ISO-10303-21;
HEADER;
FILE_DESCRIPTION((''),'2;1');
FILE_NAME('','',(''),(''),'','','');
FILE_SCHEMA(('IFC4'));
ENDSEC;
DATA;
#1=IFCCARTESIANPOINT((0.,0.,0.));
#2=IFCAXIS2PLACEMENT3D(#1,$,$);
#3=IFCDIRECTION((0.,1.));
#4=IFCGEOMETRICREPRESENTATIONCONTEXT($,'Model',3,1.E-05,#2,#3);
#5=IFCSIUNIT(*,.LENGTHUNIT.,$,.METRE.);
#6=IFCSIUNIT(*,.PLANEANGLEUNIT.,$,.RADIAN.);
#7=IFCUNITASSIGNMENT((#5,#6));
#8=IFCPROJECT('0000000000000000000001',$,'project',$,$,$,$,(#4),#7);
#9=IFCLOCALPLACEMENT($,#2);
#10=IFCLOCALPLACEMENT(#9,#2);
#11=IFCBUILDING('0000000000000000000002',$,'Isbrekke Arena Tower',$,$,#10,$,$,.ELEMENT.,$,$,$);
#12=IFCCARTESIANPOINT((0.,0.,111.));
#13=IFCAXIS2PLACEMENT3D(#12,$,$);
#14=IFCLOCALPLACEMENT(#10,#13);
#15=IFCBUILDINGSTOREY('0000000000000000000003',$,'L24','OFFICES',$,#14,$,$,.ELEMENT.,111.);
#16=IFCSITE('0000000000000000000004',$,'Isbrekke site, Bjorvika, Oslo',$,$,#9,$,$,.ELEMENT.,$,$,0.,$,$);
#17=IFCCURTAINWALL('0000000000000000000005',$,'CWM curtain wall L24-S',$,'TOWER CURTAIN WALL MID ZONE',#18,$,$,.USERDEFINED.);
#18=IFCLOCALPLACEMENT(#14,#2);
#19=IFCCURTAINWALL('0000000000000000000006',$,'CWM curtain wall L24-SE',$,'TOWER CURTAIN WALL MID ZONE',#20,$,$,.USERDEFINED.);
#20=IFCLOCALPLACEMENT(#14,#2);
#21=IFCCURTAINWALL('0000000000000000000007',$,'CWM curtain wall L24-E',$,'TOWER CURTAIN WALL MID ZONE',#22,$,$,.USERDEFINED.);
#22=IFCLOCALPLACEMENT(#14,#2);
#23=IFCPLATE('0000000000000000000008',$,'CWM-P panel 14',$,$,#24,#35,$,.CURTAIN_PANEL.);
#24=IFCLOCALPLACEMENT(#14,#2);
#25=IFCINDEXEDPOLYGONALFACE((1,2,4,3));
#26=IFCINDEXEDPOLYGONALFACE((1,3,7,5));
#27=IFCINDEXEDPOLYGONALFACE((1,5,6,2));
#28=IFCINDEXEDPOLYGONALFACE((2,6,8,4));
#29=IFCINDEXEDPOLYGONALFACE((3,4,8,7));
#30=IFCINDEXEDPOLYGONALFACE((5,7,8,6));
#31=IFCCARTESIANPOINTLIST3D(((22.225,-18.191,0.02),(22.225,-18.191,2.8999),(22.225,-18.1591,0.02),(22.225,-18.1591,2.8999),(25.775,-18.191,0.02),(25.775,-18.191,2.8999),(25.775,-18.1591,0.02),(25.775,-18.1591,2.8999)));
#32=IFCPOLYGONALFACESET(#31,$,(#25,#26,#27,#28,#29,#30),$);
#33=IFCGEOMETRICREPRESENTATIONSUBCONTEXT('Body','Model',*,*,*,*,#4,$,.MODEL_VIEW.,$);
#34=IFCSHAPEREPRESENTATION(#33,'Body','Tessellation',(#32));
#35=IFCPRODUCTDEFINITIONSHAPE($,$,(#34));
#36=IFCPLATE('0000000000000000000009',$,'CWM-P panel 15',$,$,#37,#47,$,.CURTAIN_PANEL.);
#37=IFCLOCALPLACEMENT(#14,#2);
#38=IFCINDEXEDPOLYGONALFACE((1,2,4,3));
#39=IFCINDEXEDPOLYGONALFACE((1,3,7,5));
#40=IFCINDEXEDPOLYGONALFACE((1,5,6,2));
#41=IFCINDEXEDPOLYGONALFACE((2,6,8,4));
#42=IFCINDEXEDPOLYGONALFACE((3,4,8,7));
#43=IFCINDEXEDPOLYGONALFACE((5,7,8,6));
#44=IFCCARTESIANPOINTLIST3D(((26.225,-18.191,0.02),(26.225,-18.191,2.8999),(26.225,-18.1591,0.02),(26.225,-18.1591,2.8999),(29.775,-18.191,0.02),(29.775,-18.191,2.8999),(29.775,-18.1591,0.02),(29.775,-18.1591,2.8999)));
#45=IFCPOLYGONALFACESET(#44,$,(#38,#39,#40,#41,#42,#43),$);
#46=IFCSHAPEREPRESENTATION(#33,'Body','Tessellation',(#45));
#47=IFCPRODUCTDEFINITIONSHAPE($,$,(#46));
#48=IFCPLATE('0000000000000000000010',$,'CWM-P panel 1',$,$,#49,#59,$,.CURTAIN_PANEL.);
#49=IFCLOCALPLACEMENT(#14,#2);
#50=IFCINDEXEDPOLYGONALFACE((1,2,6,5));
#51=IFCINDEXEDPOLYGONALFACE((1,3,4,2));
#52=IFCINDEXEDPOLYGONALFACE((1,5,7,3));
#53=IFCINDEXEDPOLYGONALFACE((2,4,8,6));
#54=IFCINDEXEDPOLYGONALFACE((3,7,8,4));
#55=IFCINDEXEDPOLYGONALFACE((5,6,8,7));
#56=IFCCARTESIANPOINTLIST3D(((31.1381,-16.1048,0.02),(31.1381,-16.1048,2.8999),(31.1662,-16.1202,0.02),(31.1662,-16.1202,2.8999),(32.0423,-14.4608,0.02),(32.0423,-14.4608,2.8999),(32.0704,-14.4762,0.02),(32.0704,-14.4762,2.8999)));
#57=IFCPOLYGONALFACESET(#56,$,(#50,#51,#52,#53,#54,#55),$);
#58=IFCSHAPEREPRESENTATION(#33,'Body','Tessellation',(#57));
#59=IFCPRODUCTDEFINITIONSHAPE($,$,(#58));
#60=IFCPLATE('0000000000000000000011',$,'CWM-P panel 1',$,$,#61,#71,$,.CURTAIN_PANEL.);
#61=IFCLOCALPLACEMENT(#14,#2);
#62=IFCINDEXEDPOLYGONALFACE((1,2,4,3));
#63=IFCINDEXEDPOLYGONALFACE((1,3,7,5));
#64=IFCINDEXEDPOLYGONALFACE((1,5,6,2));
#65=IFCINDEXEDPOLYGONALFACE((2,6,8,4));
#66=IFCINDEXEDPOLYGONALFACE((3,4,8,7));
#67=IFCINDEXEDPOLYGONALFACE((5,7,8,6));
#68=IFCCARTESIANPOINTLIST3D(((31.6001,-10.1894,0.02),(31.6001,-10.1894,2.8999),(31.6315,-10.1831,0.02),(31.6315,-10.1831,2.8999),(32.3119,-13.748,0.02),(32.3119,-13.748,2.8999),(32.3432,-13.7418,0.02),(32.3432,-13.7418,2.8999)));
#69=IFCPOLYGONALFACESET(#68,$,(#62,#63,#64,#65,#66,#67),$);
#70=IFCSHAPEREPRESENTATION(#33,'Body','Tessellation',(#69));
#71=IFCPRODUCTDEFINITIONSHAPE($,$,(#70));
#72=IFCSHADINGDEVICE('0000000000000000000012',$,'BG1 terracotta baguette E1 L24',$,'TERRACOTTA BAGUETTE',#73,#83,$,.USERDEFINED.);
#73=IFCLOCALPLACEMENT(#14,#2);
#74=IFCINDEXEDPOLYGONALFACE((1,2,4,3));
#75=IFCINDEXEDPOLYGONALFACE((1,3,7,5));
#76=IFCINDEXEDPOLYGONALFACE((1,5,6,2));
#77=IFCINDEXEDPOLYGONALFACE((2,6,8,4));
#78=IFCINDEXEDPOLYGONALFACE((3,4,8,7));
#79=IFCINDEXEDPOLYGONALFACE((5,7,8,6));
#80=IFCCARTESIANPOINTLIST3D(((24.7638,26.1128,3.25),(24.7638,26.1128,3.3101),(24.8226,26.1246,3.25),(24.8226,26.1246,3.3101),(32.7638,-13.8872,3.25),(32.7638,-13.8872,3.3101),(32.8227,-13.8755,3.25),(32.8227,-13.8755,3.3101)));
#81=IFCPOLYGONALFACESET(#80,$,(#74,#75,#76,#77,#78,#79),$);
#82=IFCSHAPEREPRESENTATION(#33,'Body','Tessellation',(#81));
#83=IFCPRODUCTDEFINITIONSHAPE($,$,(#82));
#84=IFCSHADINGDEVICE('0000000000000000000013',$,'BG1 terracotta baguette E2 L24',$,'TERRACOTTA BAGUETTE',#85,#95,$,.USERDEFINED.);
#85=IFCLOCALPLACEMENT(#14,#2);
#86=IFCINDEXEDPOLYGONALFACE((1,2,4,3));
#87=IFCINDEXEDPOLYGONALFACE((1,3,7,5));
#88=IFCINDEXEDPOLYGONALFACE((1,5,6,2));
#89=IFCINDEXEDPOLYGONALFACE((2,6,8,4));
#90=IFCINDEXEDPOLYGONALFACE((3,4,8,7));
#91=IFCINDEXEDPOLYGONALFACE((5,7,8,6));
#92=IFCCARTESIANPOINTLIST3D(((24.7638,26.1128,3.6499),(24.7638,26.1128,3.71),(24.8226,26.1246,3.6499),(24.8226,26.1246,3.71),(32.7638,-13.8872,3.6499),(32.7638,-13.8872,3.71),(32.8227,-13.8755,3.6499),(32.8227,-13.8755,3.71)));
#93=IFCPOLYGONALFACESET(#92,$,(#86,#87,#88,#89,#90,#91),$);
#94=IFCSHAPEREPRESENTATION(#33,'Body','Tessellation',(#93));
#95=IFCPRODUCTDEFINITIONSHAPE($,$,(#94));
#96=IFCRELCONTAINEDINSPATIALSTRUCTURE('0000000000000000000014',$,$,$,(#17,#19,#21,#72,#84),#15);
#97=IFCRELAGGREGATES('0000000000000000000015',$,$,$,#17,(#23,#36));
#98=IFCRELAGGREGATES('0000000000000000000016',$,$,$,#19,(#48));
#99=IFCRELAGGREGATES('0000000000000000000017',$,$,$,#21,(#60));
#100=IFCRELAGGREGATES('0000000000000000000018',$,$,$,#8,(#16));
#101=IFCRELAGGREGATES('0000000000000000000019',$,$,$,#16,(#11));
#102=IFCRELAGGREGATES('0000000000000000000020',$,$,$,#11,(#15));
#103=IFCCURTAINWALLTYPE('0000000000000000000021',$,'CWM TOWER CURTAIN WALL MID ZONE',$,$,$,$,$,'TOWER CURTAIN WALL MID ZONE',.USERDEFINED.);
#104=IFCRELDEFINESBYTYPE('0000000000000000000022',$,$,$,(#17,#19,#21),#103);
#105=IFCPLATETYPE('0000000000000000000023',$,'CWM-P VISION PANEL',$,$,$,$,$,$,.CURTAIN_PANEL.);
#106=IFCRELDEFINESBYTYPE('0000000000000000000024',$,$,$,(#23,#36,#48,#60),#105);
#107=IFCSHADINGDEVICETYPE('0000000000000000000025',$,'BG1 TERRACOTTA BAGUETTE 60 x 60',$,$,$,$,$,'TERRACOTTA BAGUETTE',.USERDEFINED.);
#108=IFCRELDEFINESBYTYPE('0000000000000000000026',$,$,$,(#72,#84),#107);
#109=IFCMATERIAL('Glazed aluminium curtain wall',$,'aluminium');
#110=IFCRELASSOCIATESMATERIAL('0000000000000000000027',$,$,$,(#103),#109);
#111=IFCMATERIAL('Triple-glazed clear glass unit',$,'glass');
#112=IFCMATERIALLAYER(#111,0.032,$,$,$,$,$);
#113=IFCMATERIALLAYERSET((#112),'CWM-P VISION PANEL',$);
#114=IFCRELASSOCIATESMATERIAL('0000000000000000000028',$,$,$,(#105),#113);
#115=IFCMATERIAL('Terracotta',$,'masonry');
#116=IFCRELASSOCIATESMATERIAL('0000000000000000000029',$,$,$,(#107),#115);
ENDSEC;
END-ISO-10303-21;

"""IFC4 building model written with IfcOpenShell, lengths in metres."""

from ifc_helpers import new_model, si_unit, direction, frame, origin, origin_2d, place, context, subcontext, project, spatial, rectangle, extrude, material, layer, layer_set, material_profile, profile_set, type_object, element, aggregate, save


model = new_model("IFC4")

# Units and contexts
model_context = context("Model", 3, precision=1e-05, world=origin(), true_north=direction((0.0, 1.0)))
body_context = subcontext(model_context, "Body", "Model", "MODEL_VIEW")
ifc_project = project(units=[si_unit("LENGTHUNIT", "METRE"), si_unit("PLANEANGLEUNIT", "RADIAN")], contexts=[model_context])

# Site, building, storey
site_placement = place(None, origin())
site = spatial("IfcSite", under=ifc_project, at=site_placement, Name="Isbrekke site, Bjorvika, Oslo", CompositionType="ELEMENT", RefElevation=0.0)
building_placement = place(site_placement, origin())
building = spatial("IfcBuilding", under=site, at=building_placement, Name="Isbrekke Arena Tower", CompositionType="ELEMENT")
storey_placement = place(building_placement, frame((0.0, 0.0, 111.0)))
storey = spatial("IfcBuildingStorey", under=building, at=storey_placement, Name="L24", Description="OFFICES", CompositionType="ELEMENT", Elevation=111.0)

# Curtain walls
ifc_material_1 = material(Name="Glazed aluminium curtain wall", Category="aluminium")
curtain_wall_type = type_object("IfcCurtainWallType", Name="CWM TOWER CURTAIN WALL MID ZONE", ElementType="TOWER CURTAIN WALL MID ZONE", PredefinedType="USERDEFINED", material=ifc_material_1)
curtain_wall_1_placement = place(storey_placement, origin())
curtain_wall_1 = element("IfcCurtainWall", 1, at=curtain_wall_1_placement, inside=storey, type_object=curtain_wall_type, Name="CWM curtain wall L24-S", ObjectType="TOWER CURTAIN WALL MID ZONE", PredefinedType="USERDEFINED")
curtain_wall_2_placement = place(storey_placement, origin())
curtain_wall_2 = element("IfcCurtainWall", 2, at=curtain_wall_2_placement, inside=storey, type_object=curtain_wall_type, Name="CWM curtain wall L24-SE", ObjectType="TOWER CURTAIN WALL MID ZONE", PredefinedType="USERDEFINED")

# Curtain wall
curtain_wall_3_placement = place(storey_placement, origin())
curtain_wall_3 = element("IfcCurtainWall", 3, at=curtain_wall_3_placement, inside=storey, type_object=curtain_wall_type, Name="CWM curtain wall L24-E", ObjectType="TOWER CURTAIN WALL MID ZONE", PredefinedType="USERDEFINED")

# Plates
ifc_material_2 = material(Name="Triple-glazed clear glass unit", Category="glass")
ifc_layer = layer(ifc_material_2, 0.032)
ifc_layer_set = layer_set([ifc_layer], Name="CWM-P VISION PANEL")
plate_type = type_object("IfcPlateType", Name="CWM-P VISION PANEL", PredefinedType="CURTAIN_PANEL", material=ifc_layer_set)
plate_1_placement = place(storey_placement, frame((24.0, -18.175, 0.02), z_axis=(0.0, 0.0, 1.0), x_axis=(1.0, 0.0, 0.0)))
plate_1 = element("IfcPlate", 4, at=plate_1_placement, type_object=plate_type, Name="CWM-P panel 14", PredefinedType="CURTAIN_PANEL", context=body_context, shape_type="SweptSolid", body=[
    extrude(rectangle(XDim=3.55, YDim=0.032, at=origin_2d()), origin(), (0.0, 0.0, 1.0), 2.8799),
])
plate_2_placement = place(storey_placement, frame((28.0, -18.175, 0.02), z_axis=(0.0, 0.0, 1.0), x_axis=(1.0, 0.0, 0.0)))
plate_2 = element("IfcPlate", 5, at=plate_2_placement, type_object=plate_type, Name="CWM-P panel 15", PredefinedType="CURTAIN_PANEL", context=body_context, shape_type="SweptSolid", body=[
    extrude(rectangle(XDim=3.55, YDim=0.032, at=origin_2d()), origin(), (0.0, 0.0, 1.0), 2.8799),
])
aggregate(curtain_wall_1, [plate_1, plate_2])
plate_3_placement = place(storey_placement, frame((31.6042, -15.2905, 0.02), z_axis=(0.0, 0.0, 1.0), x_axis=(0.481919, 0.876216, 0.0)))
plate_3 = element("IfcPlate", 6, at=plate_3_placement, type_object=plate_type, Name="CWM-P panel 1", PredefinedType="CURTAIN_PANEL", context=body_context, shape_type="SweptSolid", body=[
    extrude(rectangle(XDim=1.8762, YDim=0.032, at=origin_2d()), origin(), (0.0, 0.0, 1.0), 2.8799),
])
aggregate(curtain_wall_2, [plate_3])
plate_4_placement = place(storey_placement, frame((31.9717, -11.9656, 0.02), z_axis=(0.0, 0.0, 1.0), x_axis=(-0.196116, 0.980581, 0.0)))
plate_4 = element("IfcPlate", 7, at=plate_4_placement, type_object=plate_type, Name="CWM-P panel 1", PredefinedType="CURTAIN_PANEL", context=body_context, shape_type="SweptSolid", body=[
    extrude(rectangle(XDim=3.6292, YDim=0.032, at=origin_2d()), origin(), (0.0, 0.0, 1.0), 2.8799),
])
aggregate(curtain_wall_3, [plate_4])

# Shading devices
ifc_material_3 = material(Name="Terracotta", Category="masonry")
ifc_material_profile_1 = material_profile(ifc_material_3, rectangle(XDim=0.0601, YDim=0.0601, at=origin_2d()), Name="BAGUETTE 60X60")
ifc_profile_set_1 = profile_set([ifc_material_profile_1], Name="Terracotta")
shading_device_type = type_object("IfcShadingDeviceType", Name="BG1 TERRACOTTA BAGUETTE 60 x 60", ElementType="TERRACOTTA BAGUETTE", PredefinedType="USERDEFINED", material=ifc_profile_set_1)
for number, where, z_axis, x_axis, name in (
    (8, (32.7932, -13.8813, 3.28), (-0.196116, 0.980581, 0.0), (-0.980581, -0.196116, 0.0), "BG1 terracotta baguette E1 L24"),
    (9, (32.7932, -13.8813, 3.6799), (-0.196116, 0.980581, 0.0), (-0.980581, -0.196116, 0.0), "BG1 terracotta baguette E2 L24"),
):
    element("IfcShadingDevice", number, at=place(storey_placement, frame(where, z_axis=z_axis, x_axis=x_axis)), inside=storey, type_object=shading_device_type, Name=name, ObjectType="TERRACOTTA BAGUETTE", PredefinedType="USERDEFINED", context=body_context, shape_type="SweptSolid", body=[
        extrude(rectangle(XDim=0.0601, YDim=0.0601, at=origin_2d()), origin(), (0.0, 0.0, 1.0), 40.7922),
    ])

save(model, "model.ifc")
